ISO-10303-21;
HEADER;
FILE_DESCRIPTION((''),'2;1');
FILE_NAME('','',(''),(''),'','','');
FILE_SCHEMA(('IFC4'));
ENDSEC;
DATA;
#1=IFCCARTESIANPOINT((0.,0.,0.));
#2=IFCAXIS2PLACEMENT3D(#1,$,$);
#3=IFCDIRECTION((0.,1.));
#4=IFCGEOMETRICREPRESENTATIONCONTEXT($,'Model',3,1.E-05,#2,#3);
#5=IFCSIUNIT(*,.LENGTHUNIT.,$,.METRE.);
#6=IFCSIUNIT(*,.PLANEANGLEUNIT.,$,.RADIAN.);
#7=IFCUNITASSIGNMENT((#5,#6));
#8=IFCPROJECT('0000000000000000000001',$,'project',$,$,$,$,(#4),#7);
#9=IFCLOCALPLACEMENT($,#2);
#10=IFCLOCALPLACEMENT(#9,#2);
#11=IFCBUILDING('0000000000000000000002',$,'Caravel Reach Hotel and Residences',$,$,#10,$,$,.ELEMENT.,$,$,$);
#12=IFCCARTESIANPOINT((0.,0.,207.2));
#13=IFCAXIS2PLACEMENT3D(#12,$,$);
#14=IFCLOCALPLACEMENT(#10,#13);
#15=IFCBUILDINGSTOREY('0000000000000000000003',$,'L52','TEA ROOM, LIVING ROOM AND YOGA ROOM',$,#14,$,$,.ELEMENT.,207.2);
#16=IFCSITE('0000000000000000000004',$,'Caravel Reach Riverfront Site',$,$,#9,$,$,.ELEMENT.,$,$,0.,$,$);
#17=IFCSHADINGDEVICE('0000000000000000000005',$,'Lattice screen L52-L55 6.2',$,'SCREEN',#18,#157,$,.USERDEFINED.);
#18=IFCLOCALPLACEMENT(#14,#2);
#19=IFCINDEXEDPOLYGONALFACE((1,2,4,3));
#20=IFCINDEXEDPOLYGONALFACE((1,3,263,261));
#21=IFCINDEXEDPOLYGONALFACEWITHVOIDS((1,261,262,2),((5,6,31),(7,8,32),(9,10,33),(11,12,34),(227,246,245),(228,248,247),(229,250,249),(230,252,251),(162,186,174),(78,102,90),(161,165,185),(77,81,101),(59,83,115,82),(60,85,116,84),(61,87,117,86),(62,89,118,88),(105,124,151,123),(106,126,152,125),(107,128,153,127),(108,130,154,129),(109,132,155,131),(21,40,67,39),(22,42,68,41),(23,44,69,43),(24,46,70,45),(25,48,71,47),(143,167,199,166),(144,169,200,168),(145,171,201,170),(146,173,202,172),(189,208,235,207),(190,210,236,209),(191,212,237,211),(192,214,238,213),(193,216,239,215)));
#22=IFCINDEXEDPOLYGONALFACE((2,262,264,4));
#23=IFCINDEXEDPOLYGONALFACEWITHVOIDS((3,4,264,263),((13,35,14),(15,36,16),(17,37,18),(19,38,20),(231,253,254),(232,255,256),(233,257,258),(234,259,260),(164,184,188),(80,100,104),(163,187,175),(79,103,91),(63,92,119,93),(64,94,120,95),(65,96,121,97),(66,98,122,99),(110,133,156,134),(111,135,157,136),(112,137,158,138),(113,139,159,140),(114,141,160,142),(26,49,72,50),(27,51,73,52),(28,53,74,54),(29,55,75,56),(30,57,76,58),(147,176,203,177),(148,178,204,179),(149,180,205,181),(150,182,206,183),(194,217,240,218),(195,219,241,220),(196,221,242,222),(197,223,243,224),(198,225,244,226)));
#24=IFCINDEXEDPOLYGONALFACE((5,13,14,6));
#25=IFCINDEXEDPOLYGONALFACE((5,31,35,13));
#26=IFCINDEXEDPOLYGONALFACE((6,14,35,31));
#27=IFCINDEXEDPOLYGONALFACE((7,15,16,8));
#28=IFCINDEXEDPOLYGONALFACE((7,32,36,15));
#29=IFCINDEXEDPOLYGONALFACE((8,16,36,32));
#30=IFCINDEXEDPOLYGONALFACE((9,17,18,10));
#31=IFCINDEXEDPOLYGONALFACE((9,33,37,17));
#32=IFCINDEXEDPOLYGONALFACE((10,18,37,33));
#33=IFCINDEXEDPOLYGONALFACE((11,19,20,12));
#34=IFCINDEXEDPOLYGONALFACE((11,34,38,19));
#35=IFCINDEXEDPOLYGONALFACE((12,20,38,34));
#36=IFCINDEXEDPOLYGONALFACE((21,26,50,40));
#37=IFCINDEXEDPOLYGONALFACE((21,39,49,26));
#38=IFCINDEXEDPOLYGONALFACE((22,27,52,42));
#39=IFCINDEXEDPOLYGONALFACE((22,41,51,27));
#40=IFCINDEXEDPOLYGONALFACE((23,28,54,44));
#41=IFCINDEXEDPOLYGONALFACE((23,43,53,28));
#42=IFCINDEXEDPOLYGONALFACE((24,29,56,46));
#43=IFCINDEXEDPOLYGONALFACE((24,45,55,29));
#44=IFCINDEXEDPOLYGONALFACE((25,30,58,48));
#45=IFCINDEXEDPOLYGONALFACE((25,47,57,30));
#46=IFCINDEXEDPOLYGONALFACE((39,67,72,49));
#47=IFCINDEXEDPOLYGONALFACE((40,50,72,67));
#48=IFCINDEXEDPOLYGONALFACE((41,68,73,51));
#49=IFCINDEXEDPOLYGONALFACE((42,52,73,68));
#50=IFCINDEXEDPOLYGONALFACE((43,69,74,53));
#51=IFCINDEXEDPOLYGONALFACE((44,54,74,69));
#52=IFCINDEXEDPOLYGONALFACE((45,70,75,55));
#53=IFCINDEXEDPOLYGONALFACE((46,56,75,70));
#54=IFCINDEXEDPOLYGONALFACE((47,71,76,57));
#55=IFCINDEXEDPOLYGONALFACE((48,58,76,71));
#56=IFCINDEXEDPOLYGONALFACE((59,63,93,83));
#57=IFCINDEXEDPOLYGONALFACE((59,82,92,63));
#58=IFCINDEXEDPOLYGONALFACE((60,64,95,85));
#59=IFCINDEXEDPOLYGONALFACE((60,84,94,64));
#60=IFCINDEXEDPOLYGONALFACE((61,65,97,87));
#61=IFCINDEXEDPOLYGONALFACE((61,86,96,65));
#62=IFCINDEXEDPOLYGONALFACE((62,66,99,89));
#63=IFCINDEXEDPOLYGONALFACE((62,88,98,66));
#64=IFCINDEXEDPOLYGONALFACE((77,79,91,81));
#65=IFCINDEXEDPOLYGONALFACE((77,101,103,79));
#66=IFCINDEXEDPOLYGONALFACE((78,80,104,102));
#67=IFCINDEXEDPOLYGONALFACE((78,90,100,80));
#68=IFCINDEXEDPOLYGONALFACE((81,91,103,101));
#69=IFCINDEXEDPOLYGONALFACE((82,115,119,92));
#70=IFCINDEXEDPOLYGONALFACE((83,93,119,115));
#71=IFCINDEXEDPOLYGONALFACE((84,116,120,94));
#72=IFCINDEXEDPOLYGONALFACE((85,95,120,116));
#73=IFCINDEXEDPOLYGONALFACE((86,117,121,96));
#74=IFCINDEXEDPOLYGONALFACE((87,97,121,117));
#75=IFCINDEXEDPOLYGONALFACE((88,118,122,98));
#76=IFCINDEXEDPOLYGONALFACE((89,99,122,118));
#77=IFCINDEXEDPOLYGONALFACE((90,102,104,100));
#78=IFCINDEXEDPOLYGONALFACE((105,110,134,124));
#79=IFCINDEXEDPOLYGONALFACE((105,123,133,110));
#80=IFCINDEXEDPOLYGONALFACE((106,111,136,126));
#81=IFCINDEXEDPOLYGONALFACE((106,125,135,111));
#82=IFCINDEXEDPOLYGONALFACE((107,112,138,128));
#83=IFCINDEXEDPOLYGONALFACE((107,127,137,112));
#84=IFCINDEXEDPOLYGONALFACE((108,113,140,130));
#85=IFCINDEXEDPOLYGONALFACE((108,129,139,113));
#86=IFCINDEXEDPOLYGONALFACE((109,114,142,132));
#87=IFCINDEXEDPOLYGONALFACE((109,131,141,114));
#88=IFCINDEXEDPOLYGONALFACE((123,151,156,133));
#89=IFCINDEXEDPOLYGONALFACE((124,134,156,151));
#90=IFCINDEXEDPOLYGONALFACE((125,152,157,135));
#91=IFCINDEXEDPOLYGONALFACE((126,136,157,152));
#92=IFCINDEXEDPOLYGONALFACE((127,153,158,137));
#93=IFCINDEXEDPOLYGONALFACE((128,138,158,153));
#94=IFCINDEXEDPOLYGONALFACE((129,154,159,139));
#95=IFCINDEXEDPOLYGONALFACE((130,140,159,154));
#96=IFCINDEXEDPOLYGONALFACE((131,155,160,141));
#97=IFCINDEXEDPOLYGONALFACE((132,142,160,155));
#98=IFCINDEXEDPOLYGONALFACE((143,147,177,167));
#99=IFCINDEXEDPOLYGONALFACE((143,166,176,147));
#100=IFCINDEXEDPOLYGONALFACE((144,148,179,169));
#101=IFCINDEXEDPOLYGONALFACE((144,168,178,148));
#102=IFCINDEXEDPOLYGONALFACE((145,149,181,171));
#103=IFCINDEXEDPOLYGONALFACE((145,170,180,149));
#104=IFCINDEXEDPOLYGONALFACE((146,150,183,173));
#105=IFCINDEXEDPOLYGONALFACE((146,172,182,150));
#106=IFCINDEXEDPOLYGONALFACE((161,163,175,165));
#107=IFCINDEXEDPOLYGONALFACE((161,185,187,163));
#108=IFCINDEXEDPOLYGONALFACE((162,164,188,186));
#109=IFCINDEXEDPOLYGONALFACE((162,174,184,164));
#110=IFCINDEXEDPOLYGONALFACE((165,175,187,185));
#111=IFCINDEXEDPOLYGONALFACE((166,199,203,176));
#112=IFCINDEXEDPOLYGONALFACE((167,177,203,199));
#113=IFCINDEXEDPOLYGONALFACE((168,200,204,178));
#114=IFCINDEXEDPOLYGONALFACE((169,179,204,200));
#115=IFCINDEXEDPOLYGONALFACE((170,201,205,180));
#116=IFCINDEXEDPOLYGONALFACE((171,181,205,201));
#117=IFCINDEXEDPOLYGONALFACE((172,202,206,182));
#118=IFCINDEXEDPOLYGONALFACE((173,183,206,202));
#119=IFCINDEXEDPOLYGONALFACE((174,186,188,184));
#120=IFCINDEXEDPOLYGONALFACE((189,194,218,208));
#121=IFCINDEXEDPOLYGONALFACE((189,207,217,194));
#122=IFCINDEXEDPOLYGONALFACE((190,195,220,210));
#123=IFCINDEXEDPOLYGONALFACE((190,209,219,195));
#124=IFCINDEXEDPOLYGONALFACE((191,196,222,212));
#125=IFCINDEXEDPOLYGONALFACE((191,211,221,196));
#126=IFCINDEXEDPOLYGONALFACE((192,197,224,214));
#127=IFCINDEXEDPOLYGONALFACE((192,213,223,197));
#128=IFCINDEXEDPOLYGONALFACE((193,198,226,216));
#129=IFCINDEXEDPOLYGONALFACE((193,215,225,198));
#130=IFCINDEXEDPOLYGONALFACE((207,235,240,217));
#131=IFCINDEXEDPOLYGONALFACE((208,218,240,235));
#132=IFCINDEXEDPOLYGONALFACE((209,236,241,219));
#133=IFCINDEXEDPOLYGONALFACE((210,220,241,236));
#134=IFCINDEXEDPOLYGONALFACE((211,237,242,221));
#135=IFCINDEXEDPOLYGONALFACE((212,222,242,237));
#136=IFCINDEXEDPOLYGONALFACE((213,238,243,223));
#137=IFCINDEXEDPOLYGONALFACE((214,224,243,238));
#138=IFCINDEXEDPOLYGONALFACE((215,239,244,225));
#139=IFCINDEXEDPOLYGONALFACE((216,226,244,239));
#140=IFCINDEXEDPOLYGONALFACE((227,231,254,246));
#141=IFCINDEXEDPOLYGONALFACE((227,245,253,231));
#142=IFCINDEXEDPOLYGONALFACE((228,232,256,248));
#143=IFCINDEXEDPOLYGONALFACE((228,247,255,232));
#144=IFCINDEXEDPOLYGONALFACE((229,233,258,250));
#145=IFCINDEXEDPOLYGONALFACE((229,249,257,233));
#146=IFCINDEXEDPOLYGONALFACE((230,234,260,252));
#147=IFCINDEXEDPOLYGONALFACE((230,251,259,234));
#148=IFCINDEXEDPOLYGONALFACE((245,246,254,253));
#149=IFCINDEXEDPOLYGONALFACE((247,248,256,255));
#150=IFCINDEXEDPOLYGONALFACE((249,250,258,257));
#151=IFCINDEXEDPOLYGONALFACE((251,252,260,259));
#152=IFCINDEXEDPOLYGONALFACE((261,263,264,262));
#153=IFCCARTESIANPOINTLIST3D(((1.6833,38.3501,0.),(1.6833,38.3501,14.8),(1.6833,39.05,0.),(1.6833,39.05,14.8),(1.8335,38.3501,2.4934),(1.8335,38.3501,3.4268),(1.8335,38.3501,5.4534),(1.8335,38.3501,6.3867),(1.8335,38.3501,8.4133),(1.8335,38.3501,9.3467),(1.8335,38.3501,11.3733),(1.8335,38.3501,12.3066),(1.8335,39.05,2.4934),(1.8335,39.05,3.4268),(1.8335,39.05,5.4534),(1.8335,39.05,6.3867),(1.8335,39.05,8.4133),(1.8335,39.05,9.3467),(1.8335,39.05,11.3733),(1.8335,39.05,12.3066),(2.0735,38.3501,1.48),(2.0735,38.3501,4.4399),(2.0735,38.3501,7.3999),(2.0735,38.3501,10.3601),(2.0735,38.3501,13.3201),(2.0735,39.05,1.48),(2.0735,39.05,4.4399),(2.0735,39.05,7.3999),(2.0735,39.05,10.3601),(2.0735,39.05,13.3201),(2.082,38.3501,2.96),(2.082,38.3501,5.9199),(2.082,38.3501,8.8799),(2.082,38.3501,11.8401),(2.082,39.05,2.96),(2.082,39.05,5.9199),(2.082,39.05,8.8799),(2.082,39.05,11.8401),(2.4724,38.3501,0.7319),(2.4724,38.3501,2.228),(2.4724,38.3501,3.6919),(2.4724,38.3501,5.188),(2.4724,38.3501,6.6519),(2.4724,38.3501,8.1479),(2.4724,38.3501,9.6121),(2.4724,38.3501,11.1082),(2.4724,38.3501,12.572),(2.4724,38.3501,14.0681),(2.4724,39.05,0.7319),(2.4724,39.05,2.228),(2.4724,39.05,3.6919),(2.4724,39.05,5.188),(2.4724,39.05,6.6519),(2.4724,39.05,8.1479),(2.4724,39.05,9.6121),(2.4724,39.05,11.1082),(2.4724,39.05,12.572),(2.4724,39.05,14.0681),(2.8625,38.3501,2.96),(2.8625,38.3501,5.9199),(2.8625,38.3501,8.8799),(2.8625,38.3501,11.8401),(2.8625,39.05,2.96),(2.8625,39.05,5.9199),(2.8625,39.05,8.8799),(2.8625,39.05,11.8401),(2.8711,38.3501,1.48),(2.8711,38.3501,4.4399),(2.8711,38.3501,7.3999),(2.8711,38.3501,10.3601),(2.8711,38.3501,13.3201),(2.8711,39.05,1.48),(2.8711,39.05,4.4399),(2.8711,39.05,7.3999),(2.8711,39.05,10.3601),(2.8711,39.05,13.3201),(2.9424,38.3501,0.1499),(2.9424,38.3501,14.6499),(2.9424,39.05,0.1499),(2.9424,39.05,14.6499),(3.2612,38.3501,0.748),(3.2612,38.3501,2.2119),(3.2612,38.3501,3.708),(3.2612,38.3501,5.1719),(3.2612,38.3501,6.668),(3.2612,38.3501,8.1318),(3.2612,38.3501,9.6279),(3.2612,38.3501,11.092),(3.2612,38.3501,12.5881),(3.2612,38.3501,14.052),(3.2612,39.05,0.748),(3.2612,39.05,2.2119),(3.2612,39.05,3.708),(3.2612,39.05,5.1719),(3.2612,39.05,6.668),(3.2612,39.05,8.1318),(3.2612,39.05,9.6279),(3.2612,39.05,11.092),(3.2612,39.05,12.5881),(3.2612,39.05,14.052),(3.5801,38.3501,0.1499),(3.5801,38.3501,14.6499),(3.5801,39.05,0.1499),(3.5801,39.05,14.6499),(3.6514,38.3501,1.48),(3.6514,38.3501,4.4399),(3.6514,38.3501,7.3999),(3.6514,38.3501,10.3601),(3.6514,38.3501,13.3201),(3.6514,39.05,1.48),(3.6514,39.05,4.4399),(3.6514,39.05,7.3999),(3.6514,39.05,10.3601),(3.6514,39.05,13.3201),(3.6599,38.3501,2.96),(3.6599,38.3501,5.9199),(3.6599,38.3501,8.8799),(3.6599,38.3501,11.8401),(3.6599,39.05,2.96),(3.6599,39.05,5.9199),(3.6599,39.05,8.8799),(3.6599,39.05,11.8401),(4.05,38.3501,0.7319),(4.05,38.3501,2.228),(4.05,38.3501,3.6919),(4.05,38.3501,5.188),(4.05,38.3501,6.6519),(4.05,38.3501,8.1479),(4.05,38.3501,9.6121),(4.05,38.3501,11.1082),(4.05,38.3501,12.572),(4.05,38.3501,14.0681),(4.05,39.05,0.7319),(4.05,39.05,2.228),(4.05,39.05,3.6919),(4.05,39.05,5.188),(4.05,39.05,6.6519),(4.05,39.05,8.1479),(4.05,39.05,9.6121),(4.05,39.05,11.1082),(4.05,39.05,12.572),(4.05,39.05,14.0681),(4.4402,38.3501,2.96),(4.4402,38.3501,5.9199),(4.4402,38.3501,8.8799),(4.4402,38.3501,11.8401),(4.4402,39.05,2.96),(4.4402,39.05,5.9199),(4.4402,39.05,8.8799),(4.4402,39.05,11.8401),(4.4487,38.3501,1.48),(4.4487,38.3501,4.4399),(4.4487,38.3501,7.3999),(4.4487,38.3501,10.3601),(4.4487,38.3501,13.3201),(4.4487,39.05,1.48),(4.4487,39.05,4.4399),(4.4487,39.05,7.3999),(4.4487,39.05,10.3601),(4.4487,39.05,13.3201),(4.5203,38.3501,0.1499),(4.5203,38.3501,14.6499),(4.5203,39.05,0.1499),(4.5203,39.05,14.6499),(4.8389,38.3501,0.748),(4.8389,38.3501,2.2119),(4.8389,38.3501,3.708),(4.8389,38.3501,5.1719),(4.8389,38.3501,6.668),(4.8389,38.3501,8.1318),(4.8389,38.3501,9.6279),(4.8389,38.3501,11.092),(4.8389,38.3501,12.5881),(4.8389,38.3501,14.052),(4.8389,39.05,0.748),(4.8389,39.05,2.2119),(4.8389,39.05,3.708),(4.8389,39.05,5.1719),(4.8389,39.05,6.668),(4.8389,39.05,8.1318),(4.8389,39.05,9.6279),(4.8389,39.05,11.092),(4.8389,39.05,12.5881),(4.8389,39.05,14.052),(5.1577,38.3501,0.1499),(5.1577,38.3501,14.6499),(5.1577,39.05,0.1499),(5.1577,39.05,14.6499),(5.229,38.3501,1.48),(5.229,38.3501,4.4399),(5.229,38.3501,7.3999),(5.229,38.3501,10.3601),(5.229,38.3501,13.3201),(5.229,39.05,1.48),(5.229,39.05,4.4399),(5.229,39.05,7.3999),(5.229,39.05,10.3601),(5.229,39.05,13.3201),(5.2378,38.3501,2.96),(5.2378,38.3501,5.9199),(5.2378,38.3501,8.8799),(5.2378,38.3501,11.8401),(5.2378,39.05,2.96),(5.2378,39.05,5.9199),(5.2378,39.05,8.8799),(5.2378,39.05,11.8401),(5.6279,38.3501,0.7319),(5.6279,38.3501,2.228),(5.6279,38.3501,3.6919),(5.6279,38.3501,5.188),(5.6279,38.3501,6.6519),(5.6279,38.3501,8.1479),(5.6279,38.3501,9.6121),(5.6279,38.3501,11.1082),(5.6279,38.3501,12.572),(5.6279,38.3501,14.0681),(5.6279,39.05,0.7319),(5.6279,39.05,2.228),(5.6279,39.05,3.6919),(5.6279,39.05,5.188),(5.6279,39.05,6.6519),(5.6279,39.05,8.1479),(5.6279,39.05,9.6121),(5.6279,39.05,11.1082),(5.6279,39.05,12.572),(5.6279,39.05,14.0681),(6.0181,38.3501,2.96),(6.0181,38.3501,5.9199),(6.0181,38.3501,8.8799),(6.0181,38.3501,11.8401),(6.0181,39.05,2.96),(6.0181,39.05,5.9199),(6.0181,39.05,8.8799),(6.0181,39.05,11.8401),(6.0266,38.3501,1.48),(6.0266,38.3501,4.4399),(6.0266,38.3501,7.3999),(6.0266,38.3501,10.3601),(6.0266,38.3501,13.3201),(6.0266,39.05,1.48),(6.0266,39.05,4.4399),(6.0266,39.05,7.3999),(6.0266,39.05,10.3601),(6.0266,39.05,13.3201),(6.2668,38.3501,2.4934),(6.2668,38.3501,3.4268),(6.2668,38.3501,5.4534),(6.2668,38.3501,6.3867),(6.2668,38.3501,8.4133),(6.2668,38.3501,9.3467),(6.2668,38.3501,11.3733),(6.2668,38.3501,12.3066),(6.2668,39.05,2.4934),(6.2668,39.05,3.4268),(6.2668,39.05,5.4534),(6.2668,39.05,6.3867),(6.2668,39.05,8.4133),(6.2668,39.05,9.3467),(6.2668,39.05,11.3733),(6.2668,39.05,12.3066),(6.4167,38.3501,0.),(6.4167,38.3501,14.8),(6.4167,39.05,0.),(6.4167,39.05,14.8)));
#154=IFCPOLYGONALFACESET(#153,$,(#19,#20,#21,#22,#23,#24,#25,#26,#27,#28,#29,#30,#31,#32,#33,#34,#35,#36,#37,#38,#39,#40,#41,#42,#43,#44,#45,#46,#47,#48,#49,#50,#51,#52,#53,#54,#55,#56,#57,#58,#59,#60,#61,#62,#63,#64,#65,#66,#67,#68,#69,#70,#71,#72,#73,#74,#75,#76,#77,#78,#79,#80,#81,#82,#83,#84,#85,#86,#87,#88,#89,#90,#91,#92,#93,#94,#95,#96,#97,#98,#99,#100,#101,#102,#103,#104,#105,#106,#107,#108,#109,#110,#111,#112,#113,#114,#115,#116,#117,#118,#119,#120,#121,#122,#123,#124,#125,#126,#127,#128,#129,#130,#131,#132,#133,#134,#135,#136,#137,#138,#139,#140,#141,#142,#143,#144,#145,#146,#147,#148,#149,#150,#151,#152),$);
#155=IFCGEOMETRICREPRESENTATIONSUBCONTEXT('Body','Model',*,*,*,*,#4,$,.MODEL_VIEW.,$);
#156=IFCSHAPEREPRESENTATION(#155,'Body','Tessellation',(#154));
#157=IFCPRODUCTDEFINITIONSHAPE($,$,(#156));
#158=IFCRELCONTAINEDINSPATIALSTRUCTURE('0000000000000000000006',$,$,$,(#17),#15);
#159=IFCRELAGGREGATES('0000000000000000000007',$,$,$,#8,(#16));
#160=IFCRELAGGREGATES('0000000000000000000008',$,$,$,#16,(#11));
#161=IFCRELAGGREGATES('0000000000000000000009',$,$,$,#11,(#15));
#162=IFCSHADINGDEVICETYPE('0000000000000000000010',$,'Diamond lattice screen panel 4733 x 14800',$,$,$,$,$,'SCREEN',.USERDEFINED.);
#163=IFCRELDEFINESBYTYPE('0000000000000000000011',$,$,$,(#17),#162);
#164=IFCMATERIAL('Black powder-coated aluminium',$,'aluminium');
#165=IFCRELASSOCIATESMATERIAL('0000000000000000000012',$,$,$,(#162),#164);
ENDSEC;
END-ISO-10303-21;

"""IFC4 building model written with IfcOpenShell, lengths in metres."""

from ifc_helpers import new_model, si_unit, direction, frame, origin, place, context, subcontext, project, spatial, polyline, outline, extrude, material, type_object, element, save


model = new_model("IFC4")

# Units and contexts
model_context = context("Model", 3, precision=1e-05, world=origin(), true_north=direction((0.0, 1.0)))
body_context = subcontext(model_context, "Body", "Model", "MODEL_VIEW")
ifc_project = project(units=[si_unit("LENGTHUNIT", "METRE"), si_unit("PLANEANGLEUNIT", "RADIAN")], contexts=[model_context])

# Site, building, storey
site_placement = place(None, origin())
site = spatial("IfcSite", under=ifc_project, at=site_placement, Name="Caravel Reach Riverfront Site", CompositionType="ELEMENT", RefElevation=0.0)
building_placement = place(site_placement, origin())
building = spatial("IfcBuilding", under=site, at=building_placement, Name="Caravel Reach Hotel and Residences", CompositionType="ELEMENT")
storey_placement = place(building_placement, frame((0.0, 0.0, 207.2)))
storey = spatial("IfcBuildingStorey", under=building, at=storey_placement, Name="L52", Description="TEA ROOM, LIVING ROOM AND YOGA ROOM", CompositionType="ELEMENT", Elevation=207.2)

# Shading device
ifc_material_1 = material(Name="Black powder-coated aluminium", Category="aluminium")
shading_device_type_1 = type_object("IfcShadingDeviceType", Name="Diamond lattice screen panel 4733 x 14800", ElementType="SCREEN", PredefinedType="USERDEFINED", material=ifc_material_1)
shading_device_1_placement = place(storey_placement, frame((6.4167, 38.3501, 0.0), z_axis=(0.0, 1.0, 0.0), x_axis=(-1.0, 0.0, 0.0)))
element("IfcShadingDevice", 1, at=shading_device_1_placement, inside=storey, type_object=shading_device_type_1, Name="Lattice screen L52-L55 6.2", ObjectType="SCREEN", PredefinedType="USERDEFINED", context=body_context, shape_type="SweptSolid", body=[
    extrude(outline(polyline([(0.0, 0.0), (4.7334, 0.0), (4.7334, 14.8), (0.0, 14.8), (0.0, 0.0)]), holes=[polyline([(0.3987, 2.96), (0.1499, 3.4268), (0.1499, 2.4934), (0.3987, 2.96)]), polyline([(0.3987, 5.9199), (0.1499, 6.3867), (0.1499, 5.4534), (0.3987, 5.9199)]), polyline([(0.3987, 8.8799), (0.1499, 9.3467), (0.1499, 8.4133), (0.3987, 8.8799)]), polyline([(0.3987, 11.8401), (0.1499, 12.3066), (0.1499, 11.3733), (0.3987, 11.8401)]), polyline([(0.7888, 2.228), (0.3901, 1.48), (0.7888, 0.7319), (1.1877, 1.48), (0.7888, 2.228)]), polyline([(0.7888, 5.188), (0.3901, 4.4399), (0.7888, 3.6919), (1.1877, 4.4399), (0.7888, 5.188)]), polyline([(0.7888, 8.1479), (0.3901, 7.3999), (0.7888, 6.6519), (1.1877, 7.3999), (0.7888, 8.1479)]), polyline([(0.7888, 11.1082), (0.3901, 10.3601), (0.7888, 9.6121), (1.1877, 10.3601), (0.7888, 11.1082)]), polyline([(0.7888, 14.0681), (0.3901, 13.3201), (0.7888, 12.572), (1.1877, 13.3201), (0.7888, 14.0681)]), polyline([(1.5779, 0.748), (1.259, 0.1499), (1.8965, 0.1499), (1.5779, 0.748)]), polyline([(1.5779, 3.708), (1.179, 2.96), (1.5779, 2.2119), (1.9766, 2.96), (1.5779, 3.708)]), polyline([(1.5779, 6.668), (1.179, 5.9199), (1.5779, 5.1719), (1.9766, 5.9199), (1.5779, 6.668)]), polyline([(1.5779, 9.6279), (1.179, 8.8799), (1.5779, 8.1318), (1.9766, 8.8799), (1.5779, 9.6279)]), polyline([(1.5779, 12.5881), (1.179, 11.8401), (1.5779, 11.092), (1.9766, 11.8401), (1.5779, 12.5881)]), polyline([(1.5779, 14.052), (1.8965, 14.6499), (1.259, 14.6499), (1.5779, 14.052)]), polyline([(2.3667, 2.228), (1.968, 1.48), (2.3667, 0.7319), (2.7654, 1.48), (2.3667, 2.228)]), polyline([(2.3667, 5.188), (1.968, 4.4399), (2.3667, 3.6919), (2.7654, 4.4399), (2.3667, 5.188)]), polyline([(2.3667, 8.1479), (1.968, 7.3999), (2.3667, 6.6519), (2.7654, 7.3999), (2.3667, 8.1479)]), polyline([(2.3667, 11.1082), (1.968, 10.3601), (2.3667, 9.6121), (2.7654, 10.3601), (2.3667, 11.1082)]), polyline([(2.3667, 14.0681), (1.968, 13.3201), (2.3667, 12.572), (2.7654, 13.3201), (2.3667, 14.0681)]), polyline([(3.1555, 0.748), (2.8367, 0.1499), (3.4744, 0.1499), (3.1555, 0.748)]), polyline([(3.1555, 3.708), (2.7568, 2.96), (3.1555, 2.2119), (3.5542, 2.96), (3.1555, 3.708)]), polyline([(3.1555, 6.668), (2.7568, 5.9199), (3.1555, 5.1719), (3.5542, 5.9199), (3.1555, 6.668)]), polyline([(3.1555, 9.6279), (2.7568, 8.8799), (3.1555, 8.1318), (3.5542, 8.8799), (3.1555, 9.6279)]), polyline([(3.1555, 12.5881), (2.7568, 11.8401), (3.1555, 11.092), (3.5542, 11.8401), (3.1555, 12.5881)]), polyline([(3.1555, 14.052), (3.4744, 14.6499), (2.8367, 14.6499), (3.1555, 14.052)]), polyline([(3.9443, 2.228), (3.5457, 1.48), (3.9443, 0.7319), (4.3433, 1.48), (3.9443, 2.228)]), polyline([(3.9443, 5.188), (3.5457, 4.4399), (3.9443, 3.6919), (4.3433, 4.4399), (3.9443, 5.188)]), polyline([(3.9443, 8.1479), (3.5457, 7.3999), (3.9443, 6.6519), (4.3433, 7.3999), (3.9443, 8.1479)]), polyline([(3.9443, 11.1082), (3.5457, 10.3601), (3.9443, 9.6121), (4.3433, 10.3601), (3.9443, 11.1082)]), polyline([(3.9443, 14.0681), (3.5457, 13.3201), (3.9443, 12.572), (4.3433, 13.3201), (3.9443, 14.0681)]), polyline([(4.3347, 2.96), (4.5833, 2.4934), (4.5833, 3.4268), (4.3347, 2.96)]), polyline([(4.3347, 5.9199), (4.5833, 5.4534), (4.5833, 6.3867), (4.3347, 5.9199)]), polyline([(4.3347, 8.8799), (4.5833, 8.4133), (4.5833, 9.3467), (4.3347, 8.8799)]), polyline([(4.3347, 11.8401), (4.5833, 11.3733), (4.5833, 12.3066), (4.3347, 11.8401)])]), origin(), (0.0, 0.0, 1.0), 0.7),
])

save(model, "model.ifc")
